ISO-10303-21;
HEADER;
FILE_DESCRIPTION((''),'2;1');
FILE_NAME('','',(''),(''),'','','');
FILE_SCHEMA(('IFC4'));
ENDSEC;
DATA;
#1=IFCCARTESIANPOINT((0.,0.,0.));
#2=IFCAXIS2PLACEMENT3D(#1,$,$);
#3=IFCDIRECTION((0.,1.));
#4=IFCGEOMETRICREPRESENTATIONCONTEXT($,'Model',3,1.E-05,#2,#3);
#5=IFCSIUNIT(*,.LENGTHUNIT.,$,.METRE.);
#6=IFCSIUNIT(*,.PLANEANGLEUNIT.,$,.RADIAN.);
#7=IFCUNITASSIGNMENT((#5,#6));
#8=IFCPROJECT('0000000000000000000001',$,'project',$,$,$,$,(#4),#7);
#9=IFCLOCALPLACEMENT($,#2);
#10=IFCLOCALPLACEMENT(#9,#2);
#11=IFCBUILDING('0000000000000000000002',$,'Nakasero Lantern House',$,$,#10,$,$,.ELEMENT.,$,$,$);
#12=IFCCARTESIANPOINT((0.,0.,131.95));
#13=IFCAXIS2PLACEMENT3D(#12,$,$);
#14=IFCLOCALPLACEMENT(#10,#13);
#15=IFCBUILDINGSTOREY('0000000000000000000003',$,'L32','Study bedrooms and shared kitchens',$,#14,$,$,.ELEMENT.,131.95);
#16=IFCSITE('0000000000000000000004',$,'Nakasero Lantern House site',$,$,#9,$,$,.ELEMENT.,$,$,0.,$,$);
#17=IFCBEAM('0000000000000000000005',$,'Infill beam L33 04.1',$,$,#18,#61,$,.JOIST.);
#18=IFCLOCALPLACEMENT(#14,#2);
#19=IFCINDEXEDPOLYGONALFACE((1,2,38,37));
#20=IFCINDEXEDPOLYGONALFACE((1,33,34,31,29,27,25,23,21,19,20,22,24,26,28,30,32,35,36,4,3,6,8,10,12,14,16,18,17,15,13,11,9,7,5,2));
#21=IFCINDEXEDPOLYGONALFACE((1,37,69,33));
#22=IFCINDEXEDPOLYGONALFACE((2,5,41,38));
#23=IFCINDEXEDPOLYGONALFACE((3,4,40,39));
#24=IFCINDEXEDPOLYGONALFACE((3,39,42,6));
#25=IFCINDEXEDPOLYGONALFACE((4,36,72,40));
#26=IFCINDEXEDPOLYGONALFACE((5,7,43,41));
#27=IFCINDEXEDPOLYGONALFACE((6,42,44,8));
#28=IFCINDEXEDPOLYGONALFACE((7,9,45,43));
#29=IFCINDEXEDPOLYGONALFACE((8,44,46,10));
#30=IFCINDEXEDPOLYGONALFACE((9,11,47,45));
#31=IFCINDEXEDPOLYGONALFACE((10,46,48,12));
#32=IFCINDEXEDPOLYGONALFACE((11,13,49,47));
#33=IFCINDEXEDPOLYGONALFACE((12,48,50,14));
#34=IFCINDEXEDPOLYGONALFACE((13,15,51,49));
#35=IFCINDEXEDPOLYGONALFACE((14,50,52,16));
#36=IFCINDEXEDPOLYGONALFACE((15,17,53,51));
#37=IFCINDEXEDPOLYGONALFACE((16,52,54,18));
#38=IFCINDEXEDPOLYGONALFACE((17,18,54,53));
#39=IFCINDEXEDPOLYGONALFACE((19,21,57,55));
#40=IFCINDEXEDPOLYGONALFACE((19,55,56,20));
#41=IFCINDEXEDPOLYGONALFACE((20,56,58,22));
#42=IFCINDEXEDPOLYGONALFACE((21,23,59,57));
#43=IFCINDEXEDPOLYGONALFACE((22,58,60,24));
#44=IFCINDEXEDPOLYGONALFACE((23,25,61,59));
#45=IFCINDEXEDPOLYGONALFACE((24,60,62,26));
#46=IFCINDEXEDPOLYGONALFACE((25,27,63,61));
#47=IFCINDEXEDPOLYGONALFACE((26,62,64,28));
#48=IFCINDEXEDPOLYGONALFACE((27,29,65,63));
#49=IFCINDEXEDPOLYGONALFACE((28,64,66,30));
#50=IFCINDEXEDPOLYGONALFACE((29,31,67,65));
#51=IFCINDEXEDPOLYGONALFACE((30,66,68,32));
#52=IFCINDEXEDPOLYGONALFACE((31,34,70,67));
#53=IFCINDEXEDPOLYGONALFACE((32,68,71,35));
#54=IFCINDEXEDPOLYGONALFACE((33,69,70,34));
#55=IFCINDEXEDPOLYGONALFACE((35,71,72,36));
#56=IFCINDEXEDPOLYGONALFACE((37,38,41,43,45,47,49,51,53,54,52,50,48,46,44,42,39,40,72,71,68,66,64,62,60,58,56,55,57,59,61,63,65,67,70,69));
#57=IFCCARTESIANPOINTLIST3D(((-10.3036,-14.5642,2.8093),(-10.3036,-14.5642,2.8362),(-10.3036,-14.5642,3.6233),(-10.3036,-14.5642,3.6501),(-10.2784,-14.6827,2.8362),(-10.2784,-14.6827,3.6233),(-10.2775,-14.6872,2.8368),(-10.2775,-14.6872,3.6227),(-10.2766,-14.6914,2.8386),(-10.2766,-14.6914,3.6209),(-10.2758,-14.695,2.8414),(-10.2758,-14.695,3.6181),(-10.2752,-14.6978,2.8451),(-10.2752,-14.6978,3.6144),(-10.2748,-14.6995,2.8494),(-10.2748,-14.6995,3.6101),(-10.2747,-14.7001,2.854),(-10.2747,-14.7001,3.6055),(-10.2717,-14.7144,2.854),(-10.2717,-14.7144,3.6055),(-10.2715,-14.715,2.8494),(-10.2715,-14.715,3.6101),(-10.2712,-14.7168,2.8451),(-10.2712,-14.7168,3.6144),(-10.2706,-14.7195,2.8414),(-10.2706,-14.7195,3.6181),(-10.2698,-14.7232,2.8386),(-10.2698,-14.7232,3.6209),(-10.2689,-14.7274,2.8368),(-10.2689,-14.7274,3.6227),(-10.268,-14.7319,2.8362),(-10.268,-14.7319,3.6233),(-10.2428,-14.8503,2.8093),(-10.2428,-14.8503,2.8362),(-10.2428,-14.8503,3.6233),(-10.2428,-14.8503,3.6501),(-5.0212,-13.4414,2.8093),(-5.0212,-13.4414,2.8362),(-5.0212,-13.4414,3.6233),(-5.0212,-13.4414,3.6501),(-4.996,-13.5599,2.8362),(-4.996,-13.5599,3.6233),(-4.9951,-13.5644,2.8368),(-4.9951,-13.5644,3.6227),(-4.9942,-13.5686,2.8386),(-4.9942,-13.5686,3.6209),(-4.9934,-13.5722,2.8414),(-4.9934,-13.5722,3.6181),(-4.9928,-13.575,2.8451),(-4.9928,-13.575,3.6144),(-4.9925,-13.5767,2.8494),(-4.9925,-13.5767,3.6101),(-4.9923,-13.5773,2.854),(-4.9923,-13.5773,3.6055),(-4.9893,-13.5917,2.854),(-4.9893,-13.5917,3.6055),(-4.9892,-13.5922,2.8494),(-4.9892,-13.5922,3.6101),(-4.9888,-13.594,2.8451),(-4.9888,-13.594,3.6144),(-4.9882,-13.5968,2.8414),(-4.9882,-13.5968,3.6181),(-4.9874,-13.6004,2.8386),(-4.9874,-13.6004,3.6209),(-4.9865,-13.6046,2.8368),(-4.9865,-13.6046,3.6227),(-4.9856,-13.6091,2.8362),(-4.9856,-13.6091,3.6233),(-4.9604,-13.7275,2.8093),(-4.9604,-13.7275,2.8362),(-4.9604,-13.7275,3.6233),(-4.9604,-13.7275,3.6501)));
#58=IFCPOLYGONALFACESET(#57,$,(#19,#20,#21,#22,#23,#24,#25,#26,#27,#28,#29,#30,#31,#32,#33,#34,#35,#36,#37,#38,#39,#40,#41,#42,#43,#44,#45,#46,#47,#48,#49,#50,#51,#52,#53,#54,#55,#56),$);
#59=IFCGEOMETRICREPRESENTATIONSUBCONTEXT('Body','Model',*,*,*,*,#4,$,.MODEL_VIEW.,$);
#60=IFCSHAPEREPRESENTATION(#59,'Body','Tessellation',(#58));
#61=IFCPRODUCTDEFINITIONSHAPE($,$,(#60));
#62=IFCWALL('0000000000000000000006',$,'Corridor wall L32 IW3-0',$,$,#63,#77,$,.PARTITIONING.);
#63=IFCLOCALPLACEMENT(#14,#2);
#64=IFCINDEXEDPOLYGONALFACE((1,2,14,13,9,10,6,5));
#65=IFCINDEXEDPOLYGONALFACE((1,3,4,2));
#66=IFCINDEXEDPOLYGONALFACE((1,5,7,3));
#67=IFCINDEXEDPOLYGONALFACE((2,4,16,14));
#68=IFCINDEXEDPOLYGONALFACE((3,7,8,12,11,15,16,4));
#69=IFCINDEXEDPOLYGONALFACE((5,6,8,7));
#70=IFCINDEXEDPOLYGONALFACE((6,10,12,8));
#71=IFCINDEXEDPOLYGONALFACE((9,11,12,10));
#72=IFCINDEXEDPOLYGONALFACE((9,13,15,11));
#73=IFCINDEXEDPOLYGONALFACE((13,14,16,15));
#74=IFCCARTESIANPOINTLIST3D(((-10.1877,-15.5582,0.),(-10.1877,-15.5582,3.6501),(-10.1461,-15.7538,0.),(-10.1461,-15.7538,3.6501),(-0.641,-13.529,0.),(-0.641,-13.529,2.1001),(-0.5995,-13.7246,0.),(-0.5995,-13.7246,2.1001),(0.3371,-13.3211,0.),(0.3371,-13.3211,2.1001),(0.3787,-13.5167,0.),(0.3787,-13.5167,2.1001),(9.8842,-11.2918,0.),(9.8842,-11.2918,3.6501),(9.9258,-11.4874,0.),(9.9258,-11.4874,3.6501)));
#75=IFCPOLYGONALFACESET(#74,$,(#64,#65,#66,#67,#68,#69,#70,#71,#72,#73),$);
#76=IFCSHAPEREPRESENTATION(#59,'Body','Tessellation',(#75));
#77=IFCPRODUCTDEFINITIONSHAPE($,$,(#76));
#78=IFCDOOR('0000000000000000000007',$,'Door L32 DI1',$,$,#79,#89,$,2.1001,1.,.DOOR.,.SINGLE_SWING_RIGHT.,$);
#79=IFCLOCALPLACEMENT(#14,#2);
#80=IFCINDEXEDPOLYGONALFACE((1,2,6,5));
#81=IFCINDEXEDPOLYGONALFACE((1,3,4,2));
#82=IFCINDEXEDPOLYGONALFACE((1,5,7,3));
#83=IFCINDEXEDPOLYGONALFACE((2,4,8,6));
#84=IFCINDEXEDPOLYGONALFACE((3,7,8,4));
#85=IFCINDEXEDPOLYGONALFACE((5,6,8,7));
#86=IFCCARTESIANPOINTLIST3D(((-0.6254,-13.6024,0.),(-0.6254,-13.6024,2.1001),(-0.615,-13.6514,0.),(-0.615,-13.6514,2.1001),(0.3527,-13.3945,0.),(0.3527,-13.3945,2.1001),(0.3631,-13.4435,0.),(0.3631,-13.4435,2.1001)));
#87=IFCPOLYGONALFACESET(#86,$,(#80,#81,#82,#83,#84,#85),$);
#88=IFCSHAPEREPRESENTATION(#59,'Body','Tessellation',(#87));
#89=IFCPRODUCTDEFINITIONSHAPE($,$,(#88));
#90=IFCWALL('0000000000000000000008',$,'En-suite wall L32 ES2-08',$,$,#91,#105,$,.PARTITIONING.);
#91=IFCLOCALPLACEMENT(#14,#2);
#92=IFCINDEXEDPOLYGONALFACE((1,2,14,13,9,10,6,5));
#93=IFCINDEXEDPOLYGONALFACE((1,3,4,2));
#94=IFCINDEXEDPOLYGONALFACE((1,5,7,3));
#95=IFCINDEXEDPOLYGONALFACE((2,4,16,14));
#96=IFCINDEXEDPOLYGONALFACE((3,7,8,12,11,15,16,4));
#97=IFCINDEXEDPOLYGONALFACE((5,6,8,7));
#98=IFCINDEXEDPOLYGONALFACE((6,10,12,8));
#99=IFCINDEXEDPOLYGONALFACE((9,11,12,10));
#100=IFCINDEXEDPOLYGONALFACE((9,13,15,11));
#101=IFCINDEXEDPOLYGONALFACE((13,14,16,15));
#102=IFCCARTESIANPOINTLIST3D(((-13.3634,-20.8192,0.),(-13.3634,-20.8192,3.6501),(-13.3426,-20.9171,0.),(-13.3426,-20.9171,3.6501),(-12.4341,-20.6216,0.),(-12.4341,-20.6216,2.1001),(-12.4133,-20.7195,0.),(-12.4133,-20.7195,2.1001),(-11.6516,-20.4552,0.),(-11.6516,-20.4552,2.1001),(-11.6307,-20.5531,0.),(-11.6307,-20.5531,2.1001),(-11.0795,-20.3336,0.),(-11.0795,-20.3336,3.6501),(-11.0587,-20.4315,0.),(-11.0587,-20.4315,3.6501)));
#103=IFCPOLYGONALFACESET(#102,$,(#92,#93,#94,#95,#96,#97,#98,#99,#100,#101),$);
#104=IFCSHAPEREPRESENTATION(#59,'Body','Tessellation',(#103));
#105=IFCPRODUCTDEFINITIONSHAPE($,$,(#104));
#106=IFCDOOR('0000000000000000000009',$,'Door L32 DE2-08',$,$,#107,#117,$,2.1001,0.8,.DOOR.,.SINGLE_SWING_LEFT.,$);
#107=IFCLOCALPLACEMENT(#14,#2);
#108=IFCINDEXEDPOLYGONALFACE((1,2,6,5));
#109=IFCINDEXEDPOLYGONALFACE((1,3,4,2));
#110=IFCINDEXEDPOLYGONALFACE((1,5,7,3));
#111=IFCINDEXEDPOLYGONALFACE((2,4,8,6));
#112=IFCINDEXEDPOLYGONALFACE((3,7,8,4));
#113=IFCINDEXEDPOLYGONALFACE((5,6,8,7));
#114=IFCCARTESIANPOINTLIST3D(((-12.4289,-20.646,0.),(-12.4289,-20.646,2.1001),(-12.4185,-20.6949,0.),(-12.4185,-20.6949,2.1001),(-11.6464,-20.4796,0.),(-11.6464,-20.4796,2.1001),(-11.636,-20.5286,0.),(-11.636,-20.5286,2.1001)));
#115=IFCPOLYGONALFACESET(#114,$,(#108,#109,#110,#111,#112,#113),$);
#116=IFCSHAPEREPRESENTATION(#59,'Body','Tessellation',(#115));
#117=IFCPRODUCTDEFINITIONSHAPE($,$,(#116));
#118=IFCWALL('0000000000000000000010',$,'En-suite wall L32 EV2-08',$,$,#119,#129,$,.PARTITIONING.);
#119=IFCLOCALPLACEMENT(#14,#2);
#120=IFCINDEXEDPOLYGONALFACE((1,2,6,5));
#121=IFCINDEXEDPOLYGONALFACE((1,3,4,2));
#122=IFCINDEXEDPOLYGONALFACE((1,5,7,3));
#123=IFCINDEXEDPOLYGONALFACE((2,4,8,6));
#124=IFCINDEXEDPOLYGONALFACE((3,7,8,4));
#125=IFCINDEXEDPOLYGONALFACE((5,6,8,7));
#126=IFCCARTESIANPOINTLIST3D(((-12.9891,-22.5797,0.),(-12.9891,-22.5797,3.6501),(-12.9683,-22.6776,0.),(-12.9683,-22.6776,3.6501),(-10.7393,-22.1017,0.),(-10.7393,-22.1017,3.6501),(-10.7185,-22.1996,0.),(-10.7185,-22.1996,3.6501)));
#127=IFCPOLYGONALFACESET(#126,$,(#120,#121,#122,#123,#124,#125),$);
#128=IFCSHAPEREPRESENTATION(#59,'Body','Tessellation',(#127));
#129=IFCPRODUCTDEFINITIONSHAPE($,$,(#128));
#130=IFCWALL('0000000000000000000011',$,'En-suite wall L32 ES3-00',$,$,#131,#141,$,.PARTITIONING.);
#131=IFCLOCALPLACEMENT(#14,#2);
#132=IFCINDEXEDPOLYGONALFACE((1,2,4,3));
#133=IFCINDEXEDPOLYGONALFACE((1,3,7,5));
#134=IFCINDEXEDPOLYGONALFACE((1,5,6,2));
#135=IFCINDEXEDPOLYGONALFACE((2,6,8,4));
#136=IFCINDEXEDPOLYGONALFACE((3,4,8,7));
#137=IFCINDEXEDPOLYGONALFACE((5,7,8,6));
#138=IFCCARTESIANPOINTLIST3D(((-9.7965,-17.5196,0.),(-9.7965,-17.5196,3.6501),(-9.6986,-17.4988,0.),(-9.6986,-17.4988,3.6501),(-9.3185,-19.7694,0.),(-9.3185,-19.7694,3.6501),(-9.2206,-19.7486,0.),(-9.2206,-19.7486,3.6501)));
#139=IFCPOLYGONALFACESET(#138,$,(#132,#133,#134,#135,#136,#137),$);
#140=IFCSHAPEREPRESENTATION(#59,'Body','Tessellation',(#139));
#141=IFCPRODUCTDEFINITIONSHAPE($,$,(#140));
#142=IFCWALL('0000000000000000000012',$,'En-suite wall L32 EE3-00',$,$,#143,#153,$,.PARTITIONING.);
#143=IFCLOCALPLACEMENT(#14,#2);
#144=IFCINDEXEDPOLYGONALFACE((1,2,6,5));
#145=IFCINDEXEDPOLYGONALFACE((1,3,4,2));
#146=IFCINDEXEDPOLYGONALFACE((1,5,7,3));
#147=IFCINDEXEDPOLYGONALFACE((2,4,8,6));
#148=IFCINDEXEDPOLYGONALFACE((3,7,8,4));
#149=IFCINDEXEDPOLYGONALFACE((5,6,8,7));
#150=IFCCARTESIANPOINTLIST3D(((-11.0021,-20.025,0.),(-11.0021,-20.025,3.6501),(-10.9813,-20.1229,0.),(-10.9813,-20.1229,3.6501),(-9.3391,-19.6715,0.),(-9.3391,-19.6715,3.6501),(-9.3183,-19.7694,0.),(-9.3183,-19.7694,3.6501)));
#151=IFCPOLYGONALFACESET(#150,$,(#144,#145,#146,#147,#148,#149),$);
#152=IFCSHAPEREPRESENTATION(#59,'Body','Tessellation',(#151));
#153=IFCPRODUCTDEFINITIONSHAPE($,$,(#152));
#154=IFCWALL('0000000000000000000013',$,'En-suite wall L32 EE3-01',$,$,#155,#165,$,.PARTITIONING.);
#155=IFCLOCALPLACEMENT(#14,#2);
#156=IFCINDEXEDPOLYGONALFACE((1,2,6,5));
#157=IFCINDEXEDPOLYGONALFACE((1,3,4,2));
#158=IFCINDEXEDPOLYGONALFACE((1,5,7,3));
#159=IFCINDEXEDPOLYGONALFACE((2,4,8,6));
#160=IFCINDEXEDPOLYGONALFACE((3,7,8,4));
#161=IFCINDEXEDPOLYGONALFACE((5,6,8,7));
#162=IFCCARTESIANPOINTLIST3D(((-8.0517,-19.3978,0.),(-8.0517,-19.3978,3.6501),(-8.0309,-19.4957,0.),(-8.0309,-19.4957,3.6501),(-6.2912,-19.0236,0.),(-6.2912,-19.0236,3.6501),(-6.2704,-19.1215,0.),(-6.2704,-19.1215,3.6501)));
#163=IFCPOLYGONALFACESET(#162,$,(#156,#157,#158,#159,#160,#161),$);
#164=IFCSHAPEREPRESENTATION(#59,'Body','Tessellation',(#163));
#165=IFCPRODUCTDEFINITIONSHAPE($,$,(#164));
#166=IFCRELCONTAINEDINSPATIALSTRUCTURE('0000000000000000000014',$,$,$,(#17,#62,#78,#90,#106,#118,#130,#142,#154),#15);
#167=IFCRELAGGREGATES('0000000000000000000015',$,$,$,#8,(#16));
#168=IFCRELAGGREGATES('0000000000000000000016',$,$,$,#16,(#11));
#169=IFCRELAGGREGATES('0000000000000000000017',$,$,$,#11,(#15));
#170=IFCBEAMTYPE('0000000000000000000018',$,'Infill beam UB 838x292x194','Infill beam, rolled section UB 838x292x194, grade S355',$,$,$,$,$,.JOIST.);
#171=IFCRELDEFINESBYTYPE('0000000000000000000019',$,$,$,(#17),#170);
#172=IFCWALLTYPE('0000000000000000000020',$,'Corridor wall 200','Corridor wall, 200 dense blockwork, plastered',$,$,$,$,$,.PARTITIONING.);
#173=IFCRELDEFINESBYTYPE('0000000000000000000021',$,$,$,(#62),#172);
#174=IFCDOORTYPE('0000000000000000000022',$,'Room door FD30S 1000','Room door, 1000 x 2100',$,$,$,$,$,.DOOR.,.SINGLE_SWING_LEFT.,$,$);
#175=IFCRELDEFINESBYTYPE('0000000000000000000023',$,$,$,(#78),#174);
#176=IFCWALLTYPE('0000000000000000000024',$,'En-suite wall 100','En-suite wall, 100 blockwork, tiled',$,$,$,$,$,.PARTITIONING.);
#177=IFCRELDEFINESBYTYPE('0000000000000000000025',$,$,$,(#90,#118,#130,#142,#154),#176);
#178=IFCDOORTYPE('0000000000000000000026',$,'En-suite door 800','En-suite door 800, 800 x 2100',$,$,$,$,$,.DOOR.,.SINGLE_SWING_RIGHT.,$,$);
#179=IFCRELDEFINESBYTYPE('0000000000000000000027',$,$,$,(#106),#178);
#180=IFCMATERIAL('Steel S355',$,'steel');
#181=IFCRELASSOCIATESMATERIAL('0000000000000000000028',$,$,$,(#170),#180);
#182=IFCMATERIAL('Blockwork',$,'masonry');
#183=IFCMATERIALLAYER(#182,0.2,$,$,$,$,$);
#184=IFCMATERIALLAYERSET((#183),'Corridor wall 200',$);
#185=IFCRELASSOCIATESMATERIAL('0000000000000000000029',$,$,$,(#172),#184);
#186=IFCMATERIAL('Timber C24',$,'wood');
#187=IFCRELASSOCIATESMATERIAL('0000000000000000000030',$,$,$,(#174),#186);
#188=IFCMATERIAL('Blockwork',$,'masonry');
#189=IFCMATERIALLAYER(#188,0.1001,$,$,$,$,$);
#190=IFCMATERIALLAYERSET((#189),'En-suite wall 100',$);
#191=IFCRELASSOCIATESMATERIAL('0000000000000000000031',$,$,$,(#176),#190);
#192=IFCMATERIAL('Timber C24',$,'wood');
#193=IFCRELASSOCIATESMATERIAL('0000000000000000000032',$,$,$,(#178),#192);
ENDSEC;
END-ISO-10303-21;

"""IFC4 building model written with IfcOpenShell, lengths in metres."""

from ifc_helpers import new_model, si_unit, direction, frame, frame_2d, origin, origin_2d, place, context, subcontext, project, spatial, rectangle, i_section, extrude, material, layer, layer_set, material_profile, profile_set, type_object, element, fill, save


model = new_model("IFC4")

# Units and contexts
model_context = context("Model", 3, precision=1e-05, world=origin(), true_north=direction((0.0, 1.0)))
body_context = subcontext(model_context, "Body", "Model", "MODEL_VIEW")
ifc_project = project(units=[si_unit("LENGTHUNIT", "METRE"), si_unit("PLANEANGLEUNIT", "RADIAN")], contexts=[model_context])

# Site, building, storey
site_placement = place(None, origin())
site = spatial("IfcSite", under=ifc_project, at=site_placement, Name="Nakasero Lantern House site", CompositionType="ELEMENT", RefElevation=0.0)
building_placement = place(site_placement, origin())
building = spatial("IfcBuilding", under=site, at=building_placement, Name="Nakasero Lantern House", CompositionType="ELEMENT")
storey_placement = place(building_placement, frame((0.0, 0.0, 131.95)))
storey = spatial("IfcBuildingStorey", under=building, at=storey_placement, Name="L32", Description="Study bedrooms and shared kitchens", CompositionType="ELEMENT", Elevation=131.95)

# Beam
ifc_material_1 = material(Name="Steel S355", Category="steel")
ifc_material_profile = material_profile(ifc_material_1, i_section(OverallWidth=0.2925, OverallDepth=0.8408, WebThickness=0.0146, FlangeThickness=0.0269, FilletRadius=0.0178, at=origin_2d()), Name="UB 838x292x194")
ifc_profile_set = profile_set([ifc_material_profile], Name="Steel S355")
beam_type = type_object("IfcBeamType", Name="Infill beam UB 838x292x194", Description="Infill beam, rolled section UB 838x292x194, grade S355", PredefinedType="JOIST", material=ifc_profile_set)
beam_placement = place(storey_placement, frame((-10.2732, -14.7073, 3.2297), z_axis=(0.978148, 0.207908, 0.0), x_axis=(-0.207908, 0.978148, 0.0)))
element("IfcBeam", 1, at=beam_placement, inside=storey, type_object=beam_type, Name="Infill beam L33 04.1", PredefinedType="JOIST", context=body_context, shape_type="SweptSolid", body=[
    extrude(i_section(OverallWidth=0.2925, OverallDepth=0.8408, WebThickness=0.0146, FlangeThickness=0.0269, FilletRadius=0.0178, at=origin_2d()), origin(), (0.0, 0.0, 1.0), 5.4004),
])

# Walls, openings, doors
ifc_material_2 = material(Name="Blockwork", Category="masonry")
ifc_layer_1 = layer(ifc_material_2, 0.2)
ifc_layer_set_1 = layer_set([ifc_layer_1], Name="Corridor wall 200")
wall_type_1 = type_object("IfcWallType", Name="Corridor wall 200", Description="Corridor wall, 200 dense blockwork, plastered", PredefinedType="PARTITIONING", material=ifc_layer_set_1)
wall_1_placement = place(storey_placement, frame((-10.167, -15.656, 0.0), z_axis=(0.0, 0.0, 1.0), x_axis=(0.978148, 0.20791, 0.0)))
wall_1 = element("IfcWall", 2, at=wall_1_placement, inside=storey, type_object=wall_type_1, Name="Corridor wall L32 IW3-0", PredefinedType="PARTITIONING", context=body_context, shape_type="SweptSolid", body=[
    extrude(rectangle(XDim=20.5203, YDim=0.2, at=frame_2d((10.2603, 0.0))), origin(), (0.0, 0.0, 1.0), 3.6501),
])
opening_1_placement = place(wall_1_placement, frame((9.76, 0.0, 0.0)))
opening_1 = element("IfcOpeningElement", 3, at=opening_1_placement, cuts=wall_1, PredefinedType="OPENING", context=body_context, shape_type="SweptSolid", body=[
    extrude(rectangle(XDim=1.0, YDim=2.1001, at=frame_2d((0.5, 1.05))), frame((0.0, 0.1199, 0.0), z_axis=(0.0, -1.0, 0.0), x_axis=(1.0, 0.0, 0.0)), (0.0, 0.0, 1.0), 0.24),
])
ifc_material_3 = material(Name="Timber C24", Category="wood")
door_type_1 = type_object("IfcDoorType", Name="Room door FD30S 1000", Description="Room door, 1000 x 2100", OperationType="SINGLE_SWING_LEFT", PredefinedType="DOOR", material=ifc_material_3)
door_1_placement = place(opening_1_placement, origin())
door_1 = element("IfcDoor", 4, at=door_1_placement, inside=storey, type_object=door_type_1, Name="Door L32 DI1", OperationType="SINGLE_SWING_RIGHT", OverallHeight=2.1001, OverallWidth=1.0, PredefinedType="DOOR", context=body_context, shape_type="SweptSolid", body=[
    extrude(rectangle(XDim=1.0, YDim=2.1001, at=frame_2d((0.5, 1.05))), frame((0.0, 0.0249, 0.0), z_axis=(0.0, -1.0, 0.0), x_axis=(1.0, 0.0, 0.0)), (0.0, 0.0, 1.0), 0.05),
])
fill(opening_1, door_1)
ifc_material_4 = material(Name="Blockwork", Category="masonry")
ifc_layer_2 = layer(ifc_material_4, 0.1001)
ifc_layer_set_2 = layer_set([ifc_layer_2], Name="En-suite wall 100")
wall_type_2 = type_object("IfcWallType", Name="En-suite wall 100", Description="En-suite wall, 100 blockwork, tiled", PredefinedType="PARTITIONING", material=ifc_layer_set_2)
wall_2_placement = place(storey_placement, frame((-11.0691, -20.3826, 0.0), z_axis=(0.0, 0.0, 1.0), x_axis=(-0.978136, -0.207965, 0.0)))
wall_2 = element("IfcWall", 5, at=wall_2_placement, inside=storey, type_object=wall_type_2, Name="En-suite wall L32 ES2-08", PredefinedType="PARTITIONING", context=body_context, shape_type="SweptSolid", body=[
    extrude(rectangle(XDim=2.335, YDim=0.1001, at=frame_2d((1.1675, 0.0))), origin(), (0.0, 0.0, 1.0), 3.6501),
])
opening_2_placement = place(wall_2_placement, frame((0.585, 0.0, 0.0)))
opening_2 = element("IfcOpeningElement", 6, at=opening_2_placement, cuts=wall_2, PredefinedType="OPENING", context=body_context, shape_type="SweptSolid", body=[
    extrude(rectangle(XDim=0.8, YDim=2.1001, at=frame_2d((0.3999, 1.05))), frame((0.0, 0.0701, 0.0), z_axis=(0.0, -1.0, 0.0), x_axis=(1.0, 0.0, 0.0)), (0.0, 0.0, 1.0), 0.1401),
])
ifc_material_5 = material(Name="Timber C24", Category="wood")
door_type_2 = type_object("IfcDoorType", Name="En-suite door 800", Description="En-suite door 800, 800 x 2100", OperationType="SINGLE_SWING_RIGHT", PredefinedType="DOOR", material=ifc_material_5)
door_2_placement = place(opening_2_placement, origin())
door_2 = element("IfcDoor", 7, at=door_2_placement, inside=storey, type_object=door_type_2, Name="Door L32 DE2-08", OperationType="SINGLE_SWING_LEFT", OverallHeight=2.1001, OverallWidth=0.8, PredefinedType="DOOR", context=body_context, shape_type="SweptSolid", body=[
    extrude(rectangle(XDim=0.8, YDim=2.1001, at=frame_2d((0.3999, 1.05))), frame((0.0, 0.0249, 0.0), z_axis=(0.0, -1.0, 0.0), x_axis=(1.0, 0.0, 0.0)), (0.0, 0.0, 1.0), 0.05),
])
fill(opening_2, door_2)

# Walls
for number, where, z_axis, x_axis, name in (
    (8, (-10.729, -22.1506, 0.0), (0.0, 0.0, 1.0), (-0.978163, -0.20784, 0.0), "En-suite wall L32 EV2-08"),
    (9, (-9.7476, -17.5093, 0.0), (0.0, 0.0, 1.0), (0.20784, -0.978163, 0.0), "En-suite wall L32 ES3-00"),
):
    element("IfcWall", number, at=place(storey_placement, frame(where, z_axis=z_axis, x_axis=x_axis)), inside=storey, type_object=wall_type_2, Name=name, PredefinedType="PARTITIONING", context=body_context, shape_type="SweptSolid", body=[
        extrude(rectangle(XDim=2.3, YDim=0.1001, at=frame_2d((1.1499, 0.0))), origin(), (0.0, 0.0, 1.0), 3.6501),
    ])
wall_3_placement = place(storey_placement, frame((-10.9917, -20.074, 0.0), z_axis=(0.0, 0.0, 1.0), x_axis=(0.978146, 0.207921, 0.0)))
element("IfcWall", 10, at=wall_3_placement, inside=storey, type_object=wall_type_2, Name="En-suite wall L32 EE3-00", PredefinedType="PARTITIONING", context=body_context, shape_type="SweptSolid", body=[
    extrude(rectangle(XDim=1.7002, YDim=0.1001, at=frame_2d((0.8501, 0.0))), origin(), (0.0, 0.0, 1.0), 3.6501),
])
wall_4_placement = place(storey_placement, frame((-8.0413, -19.4468, 0.0), z_axis=(0.0, 0.0, 1.0), x_axis=(0.978141, 0.207945, 0.0)))
element("IfcWall", 11, at=wall_4_placement, inside=storey, type_object=wall_type_2, Name="En-suite wall L32 EE3-01", PredefinedType="PARTITIONING", context=body_context, shape_type="SweptSolid", body=[
    extrude(rectangle(XDim=1.7998, YDim=0.1001, at=frame_2d((0.8999, 0.0))), origin(), (0.0, 0.0, 1.0), 3.6501),
])

save(model, "model.ifc")
